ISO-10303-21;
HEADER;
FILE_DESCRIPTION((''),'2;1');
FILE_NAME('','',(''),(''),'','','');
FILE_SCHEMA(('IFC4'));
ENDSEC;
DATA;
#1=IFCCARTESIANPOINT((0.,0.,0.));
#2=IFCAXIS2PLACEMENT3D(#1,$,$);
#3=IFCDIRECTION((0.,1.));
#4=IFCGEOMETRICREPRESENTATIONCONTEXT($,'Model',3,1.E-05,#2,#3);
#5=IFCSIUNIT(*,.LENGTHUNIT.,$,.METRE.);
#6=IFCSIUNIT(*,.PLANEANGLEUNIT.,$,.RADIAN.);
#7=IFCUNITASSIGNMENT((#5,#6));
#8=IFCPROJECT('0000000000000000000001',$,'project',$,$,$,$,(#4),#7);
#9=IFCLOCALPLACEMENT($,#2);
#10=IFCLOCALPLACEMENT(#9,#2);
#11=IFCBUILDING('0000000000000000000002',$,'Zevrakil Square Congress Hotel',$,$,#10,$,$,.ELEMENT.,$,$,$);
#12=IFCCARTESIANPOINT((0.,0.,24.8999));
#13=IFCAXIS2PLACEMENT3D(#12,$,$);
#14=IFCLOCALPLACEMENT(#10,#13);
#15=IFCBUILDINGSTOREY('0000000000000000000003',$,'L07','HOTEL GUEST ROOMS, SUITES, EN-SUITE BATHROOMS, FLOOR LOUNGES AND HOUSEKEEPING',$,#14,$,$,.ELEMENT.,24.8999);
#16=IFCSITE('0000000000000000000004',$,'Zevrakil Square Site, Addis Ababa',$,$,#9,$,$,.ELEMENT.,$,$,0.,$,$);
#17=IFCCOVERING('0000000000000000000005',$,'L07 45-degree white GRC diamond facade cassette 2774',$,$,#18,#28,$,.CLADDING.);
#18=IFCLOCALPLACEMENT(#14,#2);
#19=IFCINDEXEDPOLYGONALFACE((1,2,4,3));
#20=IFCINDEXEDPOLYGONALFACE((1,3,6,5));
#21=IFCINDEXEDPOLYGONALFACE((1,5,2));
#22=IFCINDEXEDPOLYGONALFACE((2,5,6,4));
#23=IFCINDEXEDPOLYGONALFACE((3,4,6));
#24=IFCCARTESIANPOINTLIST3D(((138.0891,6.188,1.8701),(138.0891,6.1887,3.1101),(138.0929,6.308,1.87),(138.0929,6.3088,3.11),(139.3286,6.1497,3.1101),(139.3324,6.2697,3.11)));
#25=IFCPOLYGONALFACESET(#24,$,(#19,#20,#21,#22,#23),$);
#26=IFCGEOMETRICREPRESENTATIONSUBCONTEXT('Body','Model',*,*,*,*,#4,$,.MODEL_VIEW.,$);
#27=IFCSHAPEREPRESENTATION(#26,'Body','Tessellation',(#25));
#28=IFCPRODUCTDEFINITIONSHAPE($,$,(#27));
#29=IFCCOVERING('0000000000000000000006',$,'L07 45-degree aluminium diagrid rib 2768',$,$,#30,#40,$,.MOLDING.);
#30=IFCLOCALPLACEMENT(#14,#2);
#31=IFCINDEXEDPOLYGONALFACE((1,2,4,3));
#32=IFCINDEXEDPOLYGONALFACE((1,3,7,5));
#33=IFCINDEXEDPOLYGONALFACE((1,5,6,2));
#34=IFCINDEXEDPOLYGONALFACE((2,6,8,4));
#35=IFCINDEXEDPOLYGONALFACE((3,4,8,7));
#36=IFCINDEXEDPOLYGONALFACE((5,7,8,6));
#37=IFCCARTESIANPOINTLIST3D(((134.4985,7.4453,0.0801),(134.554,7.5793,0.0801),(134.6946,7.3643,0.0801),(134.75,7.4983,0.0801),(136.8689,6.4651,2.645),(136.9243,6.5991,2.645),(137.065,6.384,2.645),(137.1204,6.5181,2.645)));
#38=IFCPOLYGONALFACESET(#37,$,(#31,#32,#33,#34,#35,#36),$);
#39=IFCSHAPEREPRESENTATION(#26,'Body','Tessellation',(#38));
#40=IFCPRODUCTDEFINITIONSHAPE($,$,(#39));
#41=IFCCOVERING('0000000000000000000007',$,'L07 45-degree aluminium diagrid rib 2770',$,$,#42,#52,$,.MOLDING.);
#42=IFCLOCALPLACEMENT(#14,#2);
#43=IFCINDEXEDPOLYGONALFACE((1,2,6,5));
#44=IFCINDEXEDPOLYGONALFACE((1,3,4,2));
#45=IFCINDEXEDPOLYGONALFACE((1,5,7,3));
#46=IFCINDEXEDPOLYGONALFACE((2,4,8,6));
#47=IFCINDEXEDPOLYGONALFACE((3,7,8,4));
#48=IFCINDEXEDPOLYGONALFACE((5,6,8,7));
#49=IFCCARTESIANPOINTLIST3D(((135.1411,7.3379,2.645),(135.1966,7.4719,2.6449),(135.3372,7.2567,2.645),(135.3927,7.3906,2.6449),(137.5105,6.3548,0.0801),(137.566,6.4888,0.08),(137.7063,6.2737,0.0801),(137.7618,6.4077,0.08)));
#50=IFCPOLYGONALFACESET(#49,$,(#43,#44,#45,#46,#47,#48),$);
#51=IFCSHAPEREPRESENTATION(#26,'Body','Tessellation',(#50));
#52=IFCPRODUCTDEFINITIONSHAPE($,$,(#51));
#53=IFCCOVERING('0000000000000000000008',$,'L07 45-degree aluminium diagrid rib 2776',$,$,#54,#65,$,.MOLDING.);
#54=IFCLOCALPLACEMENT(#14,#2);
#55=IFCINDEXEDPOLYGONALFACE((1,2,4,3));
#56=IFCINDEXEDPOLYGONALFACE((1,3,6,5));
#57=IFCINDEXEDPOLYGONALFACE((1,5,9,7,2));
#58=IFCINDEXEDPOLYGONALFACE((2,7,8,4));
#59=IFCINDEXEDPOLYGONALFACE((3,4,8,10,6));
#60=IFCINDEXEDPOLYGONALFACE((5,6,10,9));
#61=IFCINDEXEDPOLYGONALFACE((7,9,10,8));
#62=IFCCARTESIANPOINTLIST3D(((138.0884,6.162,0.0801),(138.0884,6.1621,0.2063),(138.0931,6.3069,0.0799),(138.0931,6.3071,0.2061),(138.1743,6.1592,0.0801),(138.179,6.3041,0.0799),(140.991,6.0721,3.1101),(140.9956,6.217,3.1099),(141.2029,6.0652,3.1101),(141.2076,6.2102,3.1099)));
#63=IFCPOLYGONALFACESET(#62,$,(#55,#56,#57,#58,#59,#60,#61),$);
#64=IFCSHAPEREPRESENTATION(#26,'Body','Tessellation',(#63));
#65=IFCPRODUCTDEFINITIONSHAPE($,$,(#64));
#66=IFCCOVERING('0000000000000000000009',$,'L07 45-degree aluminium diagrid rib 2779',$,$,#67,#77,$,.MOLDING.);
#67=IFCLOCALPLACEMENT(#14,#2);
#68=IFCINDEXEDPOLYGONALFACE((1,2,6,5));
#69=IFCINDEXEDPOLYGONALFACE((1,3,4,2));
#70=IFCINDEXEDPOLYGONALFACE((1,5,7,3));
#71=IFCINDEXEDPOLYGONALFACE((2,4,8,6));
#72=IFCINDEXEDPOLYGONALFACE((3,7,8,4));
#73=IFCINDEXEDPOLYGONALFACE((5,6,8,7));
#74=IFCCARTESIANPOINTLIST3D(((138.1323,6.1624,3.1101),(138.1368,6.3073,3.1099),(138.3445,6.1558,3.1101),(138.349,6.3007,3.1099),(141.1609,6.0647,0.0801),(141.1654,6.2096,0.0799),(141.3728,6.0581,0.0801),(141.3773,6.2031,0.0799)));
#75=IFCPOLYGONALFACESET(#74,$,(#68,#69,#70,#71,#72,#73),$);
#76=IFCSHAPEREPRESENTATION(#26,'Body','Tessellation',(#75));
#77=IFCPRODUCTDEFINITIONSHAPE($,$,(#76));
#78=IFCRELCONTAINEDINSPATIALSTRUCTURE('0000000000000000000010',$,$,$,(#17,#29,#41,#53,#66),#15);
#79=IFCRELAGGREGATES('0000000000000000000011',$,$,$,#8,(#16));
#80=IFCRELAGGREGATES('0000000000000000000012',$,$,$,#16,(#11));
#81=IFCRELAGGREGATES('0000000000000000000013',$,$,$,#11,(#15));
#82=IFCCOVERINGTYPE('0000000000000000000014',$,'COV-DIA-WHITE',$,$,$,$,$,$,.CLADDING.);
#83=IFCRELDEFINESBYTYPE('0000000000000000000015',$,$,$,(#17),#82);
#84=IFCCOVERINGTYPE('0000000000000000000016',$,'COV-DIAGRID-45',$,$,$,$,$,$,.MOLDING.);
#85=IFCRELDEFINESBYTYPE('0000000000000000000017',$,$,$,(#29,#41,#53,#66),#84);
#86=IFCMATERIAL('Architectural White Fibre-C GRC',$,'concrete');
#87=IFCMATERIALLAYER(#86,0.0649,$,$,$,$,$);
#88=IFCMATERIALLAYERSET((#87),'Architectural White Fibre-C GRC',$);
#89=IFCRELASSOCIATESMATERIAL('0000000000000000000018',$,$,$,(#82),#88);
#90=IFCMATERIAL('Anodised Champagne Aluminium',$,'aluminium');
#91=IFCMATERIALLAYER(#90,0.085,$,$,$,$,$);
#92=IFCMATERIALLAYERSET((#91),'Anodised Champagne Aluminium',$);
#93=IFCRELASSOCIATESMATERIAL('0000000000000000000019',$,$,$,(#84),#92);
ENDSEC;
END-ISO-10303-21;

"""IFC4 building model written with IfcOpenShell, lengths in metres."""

from ifc_helpers import new_model, si_unit, direction, frame, origin, place, context, subcontext, project, spatial, polyline, outline, extrude, material, layer, layer_set, type_object, element, save


model = new_model("IFC4")

# Units and contexts
model_context = context("Model", 3, precision=1e-05, world=origin(), true_north=direction((0.0, 1.0)))
body_context = subcontext(model_context, "Body", "Model", "MODEL_VIEW")
ifc_project = project(units=[si_unit("LENGTHUNIT", "METRE"), si_unit("PLANEANGLEUNIT", "RADIAN")], contexts=[model_context])

# Site, building, storey
site_placement = place(None, origin())
site = spatial("IfcSite", under=ifc_project, at=site_placement, Name="Zevrakil Square Site, Addis Ababa", CompositionType="ELEMENT", RefElevation=0.0)
building_placement = place(site_placement, origin())
building = spatial("IfcBuilding", under=site, at=building_placement, Name="Zevrakil Square Congress Hotel", CompositionType="ELEMENT")
storey_placement = place(building_placement, frame((0.0, 0.0, 24.8999)))
storey = spatial("IfcBuildingStorey", under=building, at=storey_placement, Name="L07", Description="HOTEL GUEST ROOMS, SUITES, EN-SUITE BATHROOMS, FLOOR LOUNGES AND HOUSEKEEPING", CompositionType="ELEMENT", Elevation=24.8999)

# Coverings
ifc_material_1 = material(Name="Architectural White Fibre-C GRC", Category="concrete")
ifc_layer_1 = layer(ifc_material_1, 0.0649)
ifc_layer_set_1 = layer_set([ifc_layer_1], Name="Architectural White Fibre-C GRC")
covering_type_1 = type_object("IfcCoveringType", Name="COV-DIA-WHITE", PredefinedType="CLADDING", material=ifc_layer_set_1)
covering_1_placement = place(storey_placement, frame((138.0891, 6.188, 1.8701), z_axis=(-0.031499, -0.999504, 0.00059), x_axis=(0.0, 0.000591, 1.0)))
element("IfcCovering", 1, at=covering_1_placement, inside=storey, type_object=covering_type_1, Name="L07 45-degree white GRC diamond facade cassette 2774", PredefinedType="CLADDING", context=body_context, shape_type="SweptSolid", body=[
    extrude(outline(polyline([(0.0, 0.0), (1.24, 0.0), (1.24, -1.2401), (0.0, 0.0)])), origin(), (0.0, 0.0, -1.0), 0.1201),
])
ifc_material_2 = material(Name="Anodised Champagne Aluminium", Category="aluminium")
ifc_layer_2 = layer(ifc_material_2, 0.085)
ifc_layer_set_2 = layer_set([ifc_layer_2], Name="Anodised Champagne Aluminium")
covering_type_2 = type_object("IfcCoveringType", Name="COV-DIAGRID-45", PredefinedType="MOLDING", material=ifc_layer_set_2)
covering_2_placement = place(storey_placement, frame((134.75, 7.4983, 0.0801), z_axis=(0.382081, 0.924129, 0.000072), x_axis=(-0.924129, 0.382081, 0.0)))
element("IfcCovering", 2, at=covering_2_placement, inside=storey, type_object=covering_type_2, Name="L07 45-degree aluminium diagrid rib 2768", PredefinedType="MOLDING", context=body_context, shape_type="SweptSolid", body=[
    extrude(outline(polyline([(0.0, 0.0), (0.2121, 0.0), (-2.3529, 2.5649), (-2.565, 2.5649), (0.0, 0.0)])), origin(), (0.0, 0.0, -1.0), 0.145),
])
covering_3_placement = place(storey_placement, frame((135.1411, 7.3379, 2.645), z_axis=(-0.382775, -0.923841, 0.000495), x_axis=(0.923841, -0.382775, 0.0)))
element("IfcCovering", 3, at=covering_3_placement, inside=storey, type_object=covering_type_2, Name="L07 45-degree aluminium diagrid rib 2770", PredefinedType="MOLDING", context=body_context, shape_type="SweptSolid", body=[
    extrude(outline(polyline([(0.0, 0.0), (0.2122, 0.0), (2.7772, -2.5649), (2.5653, -2.5649), (0.0, 0.0)])), origin(), (0.0, 0.0, -1.0), 0.145),
])
covering_4_placement = place(storey_placement, frame((138.1743, 6.1592, 0.0801), z_axis=(-0.032241, -0.999479, 0.001234), x_axis=(-0.99948, 0.032241, -0.000001)))
element("IfcCovering", 4, at=covering_4_placement, inside=storey, type_object=covering_type_2, Name="L07 45-degree aluminium diagrid rib 2776", PredefinedType="MOLDING", context=body_context, shape_type="SweptSolid", body=[
    extrude(outline(polyline([(0.0, 0.0), (0.086, 0.0), (0.086, -0.1262), (-2.818, -3.03), (-3.03, -3.03), (0.0, 0.0)])), origin(), (0.0, 0.0, -1.0), 0.145),
])
covering_5_placement = place(storey_placement, frame((138.1323, 6.1624, 3.1101), z_axis=(-0.031073, -0.999516, 0.001157), x_axis=(0.999517, -0.031073, 0.0)))
element("IfcCovering", 5, at=covering_5_placement, inside=storey, type_object=covering_type_2, Name="L07 45-degree aluminium diagrid rib 2779", PredefinedType="MOLDING", context=body_context, shape_type="SweptSolid", body=[
    extrude(outline(polyline([(0.0, 0.0), (0.2123, 0.0), (3.2422, -3.03), (3.0301, -3.03), (0.0, 0.0)])), origin(), (0.0, 0.0, -1.0), 0.145),
])

save(model, "model.ifc")
